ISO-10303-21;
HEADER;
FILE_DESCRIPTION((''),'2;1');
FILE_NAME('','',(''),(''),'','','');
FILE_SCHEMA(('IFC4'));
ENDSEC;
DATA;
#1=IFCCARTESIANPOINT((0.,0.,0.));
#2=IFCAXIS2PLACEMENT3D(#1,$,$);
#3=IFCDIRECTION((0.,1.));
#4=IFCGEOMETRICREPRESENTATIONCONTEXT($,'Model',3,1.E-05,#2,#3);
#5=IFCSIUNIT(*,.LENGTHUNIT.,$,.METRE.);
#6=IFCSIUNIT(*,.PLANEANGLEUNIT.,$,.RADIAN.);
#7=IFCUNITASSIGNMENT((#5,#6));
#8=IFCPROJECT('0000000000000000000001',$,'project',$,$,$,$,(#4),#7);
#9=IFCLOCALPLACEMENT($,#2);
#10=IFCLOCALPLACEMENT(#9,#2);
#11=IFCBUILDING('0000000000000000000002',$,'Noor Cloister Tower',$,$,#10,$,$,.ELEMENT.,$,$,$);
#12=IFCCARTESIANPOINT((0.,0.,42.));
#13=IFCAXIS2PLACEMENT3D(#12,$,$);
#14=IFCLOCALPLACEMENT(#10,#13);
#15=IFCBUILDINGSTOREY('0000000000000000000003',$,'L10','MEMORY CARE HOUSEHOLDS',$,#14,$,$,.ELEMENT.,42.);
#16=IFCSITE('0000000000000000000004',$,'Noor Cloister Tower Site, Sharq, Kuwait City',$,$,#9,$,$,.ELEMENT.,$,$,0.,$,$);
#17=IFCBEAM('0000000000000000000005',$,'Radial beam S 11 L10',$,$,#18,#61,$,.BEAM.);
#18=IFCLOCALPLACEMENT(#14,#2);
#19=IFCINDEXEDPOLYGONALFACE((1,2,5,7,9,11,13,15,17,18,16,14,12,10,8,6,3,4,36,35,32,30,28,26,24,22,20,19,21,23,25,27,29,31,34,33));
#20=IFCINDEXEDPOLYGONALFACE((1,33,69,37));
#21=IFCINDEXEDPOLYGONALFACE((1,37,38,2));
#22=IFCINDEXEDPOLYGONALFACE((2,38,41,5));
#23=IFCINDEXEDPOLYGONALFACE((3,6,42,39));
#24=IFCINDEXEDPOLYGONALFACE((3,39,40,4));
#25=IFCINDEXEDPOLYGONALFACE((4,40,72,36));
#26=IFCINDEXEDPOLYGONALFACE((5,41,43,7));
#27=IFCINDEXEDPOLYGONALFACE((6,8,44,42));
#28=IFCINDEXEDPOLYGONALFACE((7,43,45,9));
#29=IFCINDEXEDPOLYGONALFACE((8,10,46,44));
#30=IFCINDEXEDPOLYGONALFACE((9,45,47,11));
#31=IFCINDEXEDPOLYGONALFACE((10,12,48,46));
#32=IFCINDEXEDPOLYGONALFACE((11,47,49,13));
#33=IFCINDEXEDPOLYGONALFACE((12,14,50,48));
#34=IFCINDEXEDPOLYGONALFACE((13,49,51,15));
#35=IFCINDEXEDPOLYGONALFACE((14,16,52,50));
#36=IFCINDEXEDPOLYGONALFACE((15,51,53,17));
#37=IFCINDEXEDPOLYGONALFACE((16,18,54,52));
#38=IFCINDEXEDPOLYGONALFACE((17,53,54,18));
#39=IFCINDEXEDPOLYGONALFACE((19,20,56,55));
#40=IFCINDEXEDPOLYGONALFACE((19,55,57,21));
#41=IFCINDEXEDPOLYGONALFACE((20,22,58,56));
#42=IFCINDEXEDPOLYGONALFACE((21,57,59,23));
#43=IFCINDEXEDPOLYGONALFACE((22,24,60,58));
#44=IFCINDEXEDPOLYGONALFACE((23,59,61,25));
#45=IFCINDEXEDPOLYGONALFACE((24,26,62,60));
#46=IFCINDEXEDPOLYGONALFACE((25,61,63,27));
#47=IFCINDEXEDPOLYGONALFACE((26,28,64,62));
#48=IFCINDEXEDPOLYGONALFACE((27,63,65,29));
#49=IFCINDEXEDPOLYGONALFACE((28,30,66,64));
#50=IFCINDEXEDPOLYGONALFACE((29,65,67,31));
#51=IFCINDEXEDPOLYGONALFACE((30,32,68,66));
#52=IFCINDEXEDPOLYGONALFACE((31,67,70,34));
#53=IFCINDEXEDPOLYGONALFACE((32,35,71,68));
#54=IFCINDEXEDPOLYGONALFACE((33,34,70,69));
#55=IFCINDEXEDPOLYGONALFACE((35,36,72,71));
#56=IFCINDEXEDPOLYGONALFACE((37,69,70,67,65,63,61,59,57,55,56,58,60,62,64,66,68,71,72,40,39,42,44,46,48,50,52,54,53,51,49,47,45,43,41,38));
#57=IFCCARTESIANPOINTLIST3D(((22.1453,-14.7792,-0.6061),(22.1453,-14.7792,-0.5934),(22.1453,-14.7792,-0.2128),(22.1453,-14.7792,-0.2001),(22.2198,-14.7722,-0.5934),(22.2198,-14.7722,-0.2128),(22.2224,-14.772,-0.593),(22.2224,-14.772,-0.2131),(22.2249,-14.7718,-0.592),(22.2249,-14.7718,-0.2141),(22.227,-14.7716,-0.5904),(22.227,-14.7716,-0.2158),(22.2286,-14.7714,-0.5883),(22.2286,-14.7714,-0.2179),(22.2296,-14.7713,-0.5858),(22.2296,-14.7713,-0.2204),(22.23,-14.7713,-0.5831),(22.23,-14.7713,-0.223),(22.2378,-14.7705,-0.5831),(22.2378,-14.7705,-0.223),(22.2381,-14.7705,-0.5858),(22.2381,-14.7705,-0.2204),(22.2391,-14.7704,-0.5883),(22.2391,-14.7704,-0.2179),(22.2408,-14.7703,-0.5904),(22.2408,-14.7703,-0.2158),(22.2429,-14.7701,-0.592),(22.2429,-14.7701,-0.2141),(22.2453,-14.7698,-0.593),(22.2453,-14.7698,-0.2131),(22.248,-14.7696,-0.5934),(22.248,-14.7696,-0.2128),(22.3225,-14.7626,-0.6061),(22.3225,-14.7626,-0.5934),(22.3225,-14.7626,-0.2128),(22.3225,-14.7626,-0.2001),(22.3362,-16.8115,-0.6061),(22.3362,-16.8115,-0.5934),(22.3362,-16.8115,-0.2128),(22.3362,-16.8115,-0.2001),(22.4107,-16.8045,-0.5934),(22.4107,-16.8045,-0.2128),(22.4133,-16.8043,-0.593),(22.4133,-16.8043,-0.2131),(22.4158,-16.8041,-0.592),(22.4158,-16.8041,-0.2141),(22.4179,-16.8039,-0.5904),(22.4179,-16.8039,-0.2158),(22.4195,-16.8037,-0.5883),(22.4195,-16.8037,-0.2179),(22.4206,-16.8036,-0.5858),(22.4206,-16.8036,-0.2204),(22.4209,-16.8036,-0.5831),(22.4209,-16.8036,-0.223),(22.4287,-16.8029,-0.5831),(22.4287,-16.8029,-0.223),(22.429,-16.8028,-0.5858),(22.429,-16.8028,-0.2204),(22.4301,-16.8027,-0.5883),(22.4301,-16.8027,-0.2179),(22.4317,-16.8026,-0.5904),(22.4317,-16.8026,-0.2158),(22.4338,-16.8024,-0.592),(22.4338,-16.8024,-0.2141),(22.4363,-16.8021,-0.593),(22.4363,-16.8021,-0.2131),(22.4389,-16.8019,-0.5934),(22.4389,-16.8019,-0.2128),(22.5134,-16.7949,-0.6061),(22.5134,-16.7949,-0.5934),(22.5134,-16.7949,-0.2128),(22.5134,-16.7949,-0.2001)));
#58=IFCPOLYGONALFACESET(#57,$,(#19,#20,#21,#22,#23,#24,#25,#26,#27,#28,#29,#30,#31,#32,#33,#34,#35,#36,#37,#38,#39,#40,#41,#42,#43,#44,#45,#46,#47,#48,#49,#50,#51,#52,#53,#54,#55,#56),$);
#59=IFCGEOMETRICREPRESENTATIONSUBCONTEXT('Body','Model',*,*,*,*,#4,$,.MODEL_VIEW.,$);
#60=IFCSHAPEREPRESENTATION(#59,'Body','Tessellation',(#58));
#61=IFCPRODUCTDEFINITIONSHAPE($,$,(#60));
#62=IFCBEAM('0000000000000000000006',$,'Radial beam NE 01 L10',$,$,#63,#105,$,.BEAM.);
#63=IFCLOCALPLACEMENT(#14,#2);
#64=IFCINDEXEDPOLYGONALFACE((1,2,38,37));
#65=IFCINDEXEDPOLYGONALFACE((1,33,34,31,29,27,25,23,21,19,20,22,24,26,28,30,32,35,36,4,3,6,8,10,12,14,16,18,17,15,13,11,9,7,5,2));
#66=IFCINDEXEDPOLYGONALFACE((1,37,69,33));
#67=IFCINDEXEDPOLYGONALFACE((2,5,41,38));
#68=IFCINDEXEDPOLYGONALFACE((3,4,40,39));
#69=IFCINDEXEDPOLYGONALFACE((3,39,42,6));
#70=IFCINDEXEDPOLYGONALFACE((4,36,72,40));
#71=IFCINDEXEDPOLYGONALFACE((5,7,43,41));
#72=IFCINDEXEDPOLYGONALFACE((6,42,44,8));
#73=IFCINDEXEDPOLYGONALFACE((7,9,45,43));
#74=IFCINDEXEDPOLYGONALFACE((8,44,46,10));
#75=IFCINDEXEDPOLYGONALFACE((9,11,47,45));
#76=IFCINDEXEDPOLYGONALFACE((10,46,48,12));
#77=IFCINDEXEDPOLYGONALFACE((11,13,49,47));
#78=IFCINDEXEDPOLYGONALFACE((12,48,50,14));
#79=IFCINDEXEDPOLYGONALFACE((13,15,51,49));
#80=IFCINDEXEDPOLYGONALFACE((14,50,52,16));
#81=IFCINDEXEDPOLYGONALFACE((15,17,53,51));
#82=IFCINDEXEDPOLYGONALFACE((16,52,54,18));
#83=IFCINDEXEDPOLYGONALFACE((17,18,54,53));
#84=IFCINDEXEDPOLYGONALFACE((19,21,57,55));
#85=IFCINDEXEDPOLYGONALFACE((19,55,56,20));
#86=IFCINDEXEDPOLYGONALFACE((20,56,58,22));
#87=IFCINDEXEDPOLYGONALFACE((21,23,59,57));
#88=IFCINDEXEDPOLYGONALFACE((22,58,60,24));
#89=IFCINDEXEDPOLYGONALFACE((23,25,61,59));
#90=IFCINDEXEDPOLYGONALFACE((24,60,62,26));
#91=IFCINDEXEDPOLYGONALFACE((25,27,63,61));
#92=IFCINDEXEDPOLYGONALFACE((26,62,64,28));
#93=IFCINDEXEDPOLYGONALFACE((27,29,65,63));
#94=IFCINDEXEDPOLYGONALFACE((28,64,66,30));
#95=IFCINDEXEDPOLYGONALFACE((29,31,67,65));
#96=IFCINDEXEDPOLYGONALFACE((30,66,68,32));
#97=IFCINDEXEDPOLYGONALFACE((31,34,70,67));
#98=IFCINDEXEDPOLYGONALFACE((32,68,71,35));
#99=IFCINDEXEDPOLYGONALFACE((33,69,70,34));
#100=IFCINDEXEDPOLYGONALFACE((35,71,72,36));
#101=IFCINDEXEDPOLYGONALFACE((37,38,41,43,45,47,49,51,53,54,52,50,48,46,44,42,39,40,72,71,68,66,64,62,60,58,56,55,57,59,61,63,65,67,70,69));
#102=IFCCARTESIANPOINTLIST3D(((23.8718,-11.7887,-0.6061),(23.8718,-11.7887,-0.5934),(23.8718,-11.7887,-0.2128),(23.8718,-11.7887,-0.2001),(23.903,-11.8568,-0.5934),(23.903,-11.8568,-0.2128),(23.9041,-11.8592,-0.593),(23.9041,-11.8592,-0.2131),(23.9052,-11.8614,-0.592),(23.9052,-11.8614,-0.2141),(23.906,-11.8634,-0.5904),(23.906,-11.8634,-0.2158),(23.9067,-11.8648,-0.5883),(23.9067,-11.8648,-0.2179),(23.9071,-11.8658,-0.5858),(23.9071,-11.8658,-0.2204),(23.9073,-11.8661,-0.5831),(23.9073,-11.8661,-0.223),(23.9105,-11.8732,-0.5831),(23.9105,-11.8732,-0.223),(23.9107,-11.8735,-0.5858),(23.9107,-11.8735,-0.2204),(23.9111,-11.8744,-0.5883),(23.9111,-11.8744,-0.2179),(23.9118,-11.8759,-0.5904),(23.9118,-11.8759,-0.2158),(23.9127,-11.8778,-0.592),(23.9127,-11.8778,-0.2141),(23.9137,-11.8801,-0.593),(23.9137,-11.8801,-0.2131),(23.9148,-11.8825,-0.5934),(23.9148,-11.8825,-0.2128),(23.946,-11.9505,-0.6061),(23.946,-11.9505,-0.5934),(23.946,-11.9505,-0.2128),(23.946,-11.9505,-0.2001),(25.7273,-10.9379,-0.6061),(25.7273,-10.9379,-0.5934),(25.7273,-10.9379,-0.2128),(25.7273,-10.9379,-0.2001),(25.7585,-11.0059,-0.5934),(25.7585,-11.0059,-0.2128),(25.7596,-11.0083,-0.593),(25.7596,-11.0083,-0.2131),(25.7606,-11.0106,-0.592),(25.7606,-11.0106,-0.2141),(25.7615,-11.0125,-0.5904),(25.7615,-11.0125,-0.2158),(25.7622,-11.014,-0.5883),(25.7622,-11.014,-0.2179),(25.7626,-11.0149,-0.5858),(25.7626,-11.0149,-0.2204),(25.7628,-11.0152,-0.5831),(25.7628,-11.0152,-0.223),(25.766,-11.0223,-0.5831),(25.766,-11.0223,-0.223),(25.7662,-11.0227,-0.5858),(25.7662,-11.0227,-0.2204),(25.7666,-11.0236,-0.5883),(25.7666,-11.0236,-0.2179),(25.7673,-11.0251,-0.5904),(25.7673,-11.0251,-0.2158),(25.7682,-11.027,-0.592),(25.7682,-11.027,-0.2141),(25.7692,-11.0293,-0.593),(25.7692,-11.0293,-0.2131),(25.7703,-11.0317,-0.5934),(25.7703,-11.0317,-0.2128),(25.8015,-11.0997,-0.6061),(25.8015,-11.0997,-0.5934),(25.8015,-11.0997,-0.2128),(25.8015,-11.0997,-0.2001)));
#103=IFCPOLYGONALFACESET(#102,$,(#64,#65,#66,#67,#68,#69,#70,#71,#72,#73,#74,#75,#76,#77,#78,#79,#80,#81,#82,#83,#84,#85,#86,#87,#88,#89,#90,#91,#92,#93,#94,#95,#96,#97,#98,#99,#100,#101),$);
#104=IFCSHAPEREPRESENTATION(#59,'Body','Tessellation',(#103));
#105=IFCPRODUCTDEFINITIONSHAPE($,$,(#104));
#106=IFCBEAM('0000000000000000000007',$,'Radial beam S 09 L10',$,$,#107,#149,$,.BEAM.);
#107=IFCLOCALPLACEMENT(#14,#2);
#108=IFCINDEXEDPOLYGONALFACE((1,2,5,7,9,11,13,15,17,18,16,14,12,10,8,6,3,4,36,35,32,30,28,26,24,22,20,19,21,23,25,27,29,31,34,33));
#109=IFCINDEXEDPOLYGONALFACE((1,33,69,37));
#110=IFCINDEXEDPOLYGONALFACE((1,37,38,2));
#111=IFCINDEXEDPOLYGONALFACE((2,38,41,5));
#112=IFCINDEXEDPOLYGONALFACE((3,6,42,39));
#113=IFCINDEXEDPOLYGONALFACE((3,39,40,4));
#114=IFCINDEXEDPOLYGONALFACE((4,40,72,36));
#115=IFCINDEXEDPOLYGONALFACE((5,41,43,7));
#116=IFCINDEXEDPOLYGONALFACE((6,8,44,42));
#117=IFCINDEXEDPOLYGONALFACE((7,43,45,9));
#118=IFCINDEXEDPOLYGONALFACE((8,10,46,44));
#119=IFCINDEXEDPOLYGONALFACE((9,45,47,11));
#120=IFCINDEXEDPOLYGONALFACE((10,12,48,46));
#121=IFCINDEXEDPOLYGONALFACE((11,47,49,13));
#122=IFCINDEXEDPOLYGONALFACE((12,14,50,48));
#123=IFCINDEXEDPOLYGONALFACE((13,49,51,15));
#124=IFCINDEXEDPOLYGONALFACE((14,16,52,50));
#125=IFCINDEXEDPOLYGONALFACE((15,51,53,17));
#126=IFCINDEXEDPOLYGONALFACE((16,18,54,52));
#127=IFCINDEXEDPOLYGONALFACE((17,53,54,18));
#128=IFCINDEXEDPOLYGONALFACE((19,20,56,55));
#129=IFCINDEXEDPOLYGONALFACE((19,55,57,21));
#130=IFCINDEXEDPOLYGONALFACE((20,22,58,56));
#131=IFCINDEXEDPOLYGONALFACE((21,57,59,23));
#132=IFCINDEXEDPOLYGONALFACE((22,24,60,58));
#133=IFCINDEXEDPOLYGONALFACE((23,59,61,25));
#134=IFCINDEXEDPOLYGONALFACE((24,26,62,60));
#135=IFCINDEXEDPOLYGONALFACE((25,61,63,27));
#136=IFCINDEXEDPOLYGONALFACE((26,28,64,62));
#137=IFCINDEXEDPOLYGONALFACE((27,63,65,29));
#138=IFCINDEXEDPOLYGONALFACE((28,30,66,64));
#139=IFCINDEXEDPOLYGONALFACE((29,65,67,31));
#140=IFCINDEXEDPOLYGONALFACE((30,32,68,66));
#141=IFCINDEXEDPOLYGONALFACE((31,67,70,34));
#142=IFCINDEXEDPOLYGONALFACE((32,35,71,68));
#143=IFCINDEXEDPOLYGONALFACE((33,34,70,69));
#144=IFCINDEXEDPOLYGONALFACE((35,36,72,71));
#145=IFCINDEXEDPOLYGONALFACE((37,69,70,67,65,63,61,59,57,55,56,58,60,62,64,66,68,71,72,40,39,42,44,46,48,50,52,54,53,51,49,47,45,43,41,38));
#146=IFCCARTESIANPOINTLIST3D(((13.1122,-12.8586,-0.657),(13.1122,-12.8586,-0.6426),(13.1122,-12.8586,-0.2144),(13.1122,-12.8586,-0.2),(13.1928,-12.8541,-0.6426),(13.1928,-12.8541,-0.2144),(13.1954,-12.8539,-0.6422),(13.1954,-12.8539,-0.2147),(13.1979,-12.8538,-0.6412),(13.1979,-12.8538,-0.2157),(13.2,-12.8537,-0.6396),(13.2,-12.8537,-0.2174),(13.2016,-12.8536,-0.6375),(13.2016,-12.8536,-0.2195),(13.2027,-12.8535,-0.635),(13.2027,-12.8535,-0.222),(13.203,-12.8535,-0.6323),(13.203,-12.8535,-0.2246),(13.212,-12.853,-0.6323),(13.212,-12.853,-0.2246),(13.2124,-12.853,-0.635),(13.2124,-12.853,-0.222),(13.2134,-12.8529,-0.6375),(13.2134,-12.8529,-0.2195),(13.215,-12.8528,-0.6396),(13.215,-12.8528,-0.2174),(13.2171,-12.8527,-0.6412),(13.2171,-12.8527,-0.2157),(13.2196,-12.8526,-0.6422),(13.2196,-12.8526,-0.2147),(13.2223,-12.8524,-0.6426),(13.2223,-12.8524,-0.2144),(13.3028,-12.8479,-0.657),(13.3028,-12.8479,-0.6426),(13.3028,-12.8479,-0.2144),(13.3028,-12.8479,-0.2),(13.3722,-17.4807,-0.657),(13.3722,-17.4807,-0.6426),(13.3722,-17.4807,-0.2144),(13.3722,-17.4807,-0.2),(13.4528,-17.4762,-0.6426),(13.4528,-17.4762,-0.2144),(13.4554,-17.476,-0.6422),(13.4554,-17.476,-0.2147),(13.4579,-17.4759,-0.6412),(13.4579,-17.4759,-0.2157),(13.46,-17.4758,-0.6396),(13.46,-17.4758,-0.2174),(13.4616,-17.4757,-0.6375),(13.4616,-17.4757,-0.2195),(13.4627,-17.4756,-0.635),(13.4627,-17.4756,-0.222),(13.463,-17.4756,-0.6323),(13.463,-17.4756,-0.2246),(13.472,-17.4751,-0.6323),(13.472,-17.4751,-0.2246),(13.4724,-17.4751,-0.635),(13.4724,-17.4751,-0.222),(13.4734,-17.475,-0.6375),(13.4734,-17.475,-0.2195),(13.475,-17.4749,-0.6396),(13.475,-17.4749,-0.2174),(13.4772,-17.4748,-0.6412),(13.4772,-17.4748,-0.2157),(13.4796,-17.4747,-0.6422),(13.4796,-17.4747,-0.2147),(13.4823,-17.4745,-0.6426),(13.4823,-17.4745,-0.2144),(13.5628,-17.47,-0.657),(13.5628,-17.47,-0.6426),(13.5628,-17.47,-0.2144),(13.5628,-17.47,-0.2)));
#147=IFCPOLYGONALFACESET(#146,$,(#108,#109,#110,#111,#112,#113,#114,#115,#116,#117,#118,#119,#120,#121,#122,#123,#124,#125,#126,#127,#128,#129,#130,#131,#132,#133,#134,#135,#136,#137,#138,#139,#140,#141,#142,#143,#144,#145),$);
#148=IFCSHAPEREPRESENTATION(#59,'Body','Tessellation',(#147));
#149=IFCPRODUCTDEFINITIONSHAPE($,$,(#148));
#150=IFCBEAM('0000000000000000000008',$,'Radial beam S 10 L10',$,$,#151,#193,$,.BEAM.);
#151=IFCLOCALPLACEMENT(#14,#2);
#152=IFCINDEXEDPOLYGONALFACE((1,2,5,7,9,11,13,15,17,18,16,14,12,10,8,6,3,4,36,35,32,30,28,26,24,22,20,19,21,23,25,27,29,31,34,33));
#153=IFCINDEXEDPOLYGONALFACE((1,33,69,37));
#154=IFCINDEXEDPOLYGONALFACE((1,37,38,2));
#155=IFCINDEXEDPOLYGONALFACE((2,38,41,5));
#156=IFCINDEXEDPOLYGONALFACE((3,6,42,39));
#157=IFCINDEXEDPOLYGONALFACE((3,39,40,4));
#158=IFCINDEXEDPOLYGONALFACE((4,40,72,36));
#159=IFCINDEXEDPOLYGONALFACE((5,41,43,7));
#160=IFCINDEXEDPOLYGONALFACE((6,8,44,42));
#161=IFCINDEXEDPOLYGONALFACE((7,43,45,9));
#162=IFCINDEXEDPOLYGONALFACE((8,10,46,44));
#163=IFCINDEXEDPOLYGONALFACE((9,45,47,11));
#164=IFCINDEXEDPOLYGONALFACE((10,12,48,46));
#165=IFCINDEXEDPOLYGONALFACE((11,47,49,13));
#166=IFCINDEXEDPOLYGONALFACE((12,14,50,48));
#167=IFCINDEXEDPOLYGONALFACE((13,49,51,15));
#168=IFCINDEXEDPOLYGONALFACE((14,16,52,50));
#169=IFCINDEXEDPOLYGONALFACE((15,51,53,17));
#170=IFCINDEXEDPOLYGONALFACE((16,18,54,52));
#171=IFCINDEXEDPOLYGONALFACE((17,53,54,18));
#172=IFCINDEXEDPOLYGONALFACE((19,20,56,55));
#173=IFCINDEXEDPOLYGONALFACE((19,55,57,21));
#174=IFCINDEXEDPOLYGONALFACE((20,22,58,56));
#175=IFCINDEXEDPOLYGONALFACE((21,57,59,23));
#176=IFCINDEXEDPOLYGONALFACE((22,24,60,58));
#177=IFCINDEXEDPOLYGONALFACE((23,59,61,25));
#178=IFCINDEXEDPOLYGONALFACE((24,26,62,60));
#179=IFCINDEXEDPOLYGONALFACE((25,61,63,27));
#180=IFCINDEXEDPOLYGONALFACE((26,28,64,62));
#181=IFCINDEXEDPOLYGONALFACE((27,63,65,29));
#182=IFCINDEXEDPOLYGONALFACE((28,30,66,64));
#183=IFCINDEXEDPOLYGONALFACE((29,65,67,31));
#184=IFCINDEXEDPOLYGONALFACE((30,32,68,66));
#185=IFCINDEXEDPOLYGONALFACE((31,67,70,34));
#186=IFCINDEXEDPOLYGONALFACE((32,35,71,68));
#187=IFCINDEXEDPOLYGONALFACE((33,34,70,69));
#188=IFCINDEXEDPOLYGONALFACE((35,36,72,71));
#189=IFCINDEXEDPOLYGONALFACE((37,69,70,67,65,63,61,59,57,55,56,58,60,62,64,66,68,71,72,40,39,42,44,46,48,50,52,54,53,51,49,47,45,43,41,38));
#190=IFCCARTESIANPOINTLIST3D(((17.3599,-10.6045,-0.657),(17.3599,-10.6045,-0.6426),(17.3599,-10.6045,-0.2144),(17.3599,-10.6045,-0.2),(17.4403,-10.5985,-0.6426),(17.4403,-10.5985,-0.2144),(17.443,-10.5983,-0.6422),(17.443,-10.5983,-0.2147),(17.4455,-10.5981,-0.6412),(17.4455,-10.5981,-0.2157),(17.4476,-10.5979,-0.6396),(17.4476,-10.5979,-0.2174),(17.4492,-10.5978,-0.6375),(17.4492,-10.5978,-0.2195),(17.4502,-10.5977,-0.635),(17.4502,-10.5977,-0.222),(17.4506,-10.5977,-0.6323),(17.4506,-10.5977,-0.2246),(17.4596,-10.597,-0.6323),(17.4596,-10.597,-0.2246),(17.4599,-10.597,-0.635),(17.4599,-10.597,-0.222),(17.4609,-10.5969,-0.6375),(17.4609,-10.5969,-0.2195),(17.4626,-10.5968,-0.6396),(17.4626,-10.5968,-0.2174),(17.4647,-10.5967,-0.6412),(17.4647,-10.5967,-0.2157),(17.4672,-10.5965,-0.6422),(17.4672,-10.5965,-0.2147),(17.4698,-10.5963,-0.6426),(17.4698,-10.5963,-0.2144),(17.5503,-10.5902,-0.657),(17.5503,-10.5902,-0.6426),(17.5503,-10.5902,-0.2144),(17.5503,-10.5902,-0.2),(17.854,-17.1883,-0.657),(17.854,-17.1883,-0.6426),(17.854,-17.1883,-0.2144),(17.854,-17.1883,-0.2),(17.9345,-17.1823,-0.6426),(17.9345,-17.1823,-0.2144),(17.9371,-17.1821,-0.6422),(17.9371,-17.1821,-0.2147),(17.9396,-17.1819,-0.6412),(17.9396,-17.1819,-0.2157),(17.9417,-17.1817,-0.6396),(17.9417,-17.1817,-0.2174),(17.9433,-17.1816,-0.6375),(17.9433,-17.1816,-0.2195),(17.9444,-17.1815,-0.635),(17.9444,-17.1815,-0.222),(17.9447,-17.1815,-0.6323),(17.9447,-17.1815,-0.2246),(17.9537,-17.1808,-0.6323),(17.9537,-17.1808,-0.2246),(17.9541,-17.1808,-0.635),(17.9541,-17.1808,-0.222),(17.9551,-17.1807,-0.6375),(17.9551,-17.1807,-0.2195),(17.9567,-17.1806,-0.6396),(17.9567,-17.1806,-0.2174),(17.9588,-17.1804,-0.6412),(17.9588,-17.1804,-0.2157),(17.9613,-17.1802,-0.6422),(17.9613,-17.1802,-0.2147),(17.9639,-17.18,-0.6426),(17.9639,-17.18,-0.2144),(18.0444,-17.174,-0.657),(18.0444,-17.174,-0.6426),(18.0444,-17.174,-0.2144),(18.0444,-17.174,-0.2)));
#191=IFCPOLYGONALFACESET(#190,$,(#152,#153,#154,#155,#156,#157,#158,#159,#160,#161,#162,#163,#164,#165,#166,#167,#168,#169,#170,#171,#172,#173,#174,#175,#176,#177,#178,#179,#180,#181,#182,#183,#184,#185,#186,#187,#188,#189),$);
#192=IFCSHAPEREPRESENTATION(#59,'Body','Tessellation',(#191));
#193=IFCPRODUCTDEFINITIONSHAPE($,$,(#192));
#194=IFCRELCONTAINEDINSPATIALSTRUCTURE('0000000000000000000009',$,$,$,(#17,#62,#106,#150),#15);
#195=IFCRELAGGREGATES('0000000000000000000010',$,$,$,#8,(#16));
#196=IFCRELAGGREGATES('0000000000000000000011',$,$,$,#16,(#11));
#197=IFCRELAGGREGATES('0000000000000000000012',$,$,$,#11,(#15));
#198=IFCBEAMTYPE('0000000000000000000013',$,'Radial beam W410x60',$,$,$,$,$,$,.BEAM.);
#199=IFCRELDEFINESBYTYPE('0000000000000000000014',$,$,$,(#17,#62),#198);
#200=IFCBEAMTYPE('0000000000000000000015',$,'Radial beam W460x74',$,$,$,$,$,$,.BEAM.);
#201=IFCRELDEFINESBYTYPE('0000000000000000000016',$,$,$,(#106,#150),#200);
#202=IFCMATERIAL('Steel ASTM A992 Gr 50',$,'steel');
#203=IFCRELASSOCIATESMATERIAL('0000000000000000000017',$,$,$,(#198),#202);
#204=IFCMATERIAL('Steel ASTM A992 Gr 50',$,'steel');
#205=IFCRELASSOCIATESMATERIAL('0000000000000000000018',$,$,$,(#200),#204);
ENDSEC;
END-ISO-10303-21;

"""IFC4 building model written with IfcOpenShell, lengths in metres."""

from ifc_helpers import new_model, si_unit, direction, frame, origin, origin_2d, place, context, subcontext, project, spatial, i_section, extrude, material, material_profile, profile_set, type_object, element, save


model = new_model("IFC4")

# Units and contexts
model_context = context("Model", 3, precision=1e-05, world=origin(), true_north=direction((0.0, 1.0)))
body_context = subcontext(model_context, "Body", "Model", "MODEL_VIEW")
ifc_project = project(units=[si_unit("LENGTHUNIT", "METRE"), si_unit("PLANEANGLEUNIT", "RADIAN")], contexts=[model_context])

# Site, building, storey
site_placement = place(None, origin())
site = spatial("IfcSite", under=ifc_project, at=site_placement, Name="Noor Cloister Tower Site, Sharq, Kuwait City", CompositionType="ELEMENT", RefElevation=0.0)
building_placement = place(site_placement, origin())
building = spatial("IfcBuilding", under=site, at=building_placement, Name="Noor Cloister Tower", CompositionType="ELEMENT")
storey_placement = place(building_placement, frame((0.0, 0.0, 42.0)))
storey = spatial("IfcBuildingStorey", under=building, at=storey_placement, Name="L10", Description="MEMORY CARE HOUSEHOLDS", CompositionType="ELEMENT", Elevation=42.0)

# Beams
ifc_material_1 = material(Name="Steel ASTM A992 Gr 50", Category="steel")
ifc_material_profile_1 = material_profile(ifc_material_1, i_section(OverallWidth=0.178, OverallDepth=0.406, WebThickness=0.0078, FlangeThickness=0.0127, FilletRadius=0.0103, at=origin_2d()), Name="W410x60")
ifc_profile_set_1 = profile_set([ifc_material_profile_1], Name="Steel ASTM A992 Gr 50")
beam_type_1 = type_object("IfcBeamType", Name="Radial beam W410x60", PredefinedType="BEAM", material=ifc_profile_set_1)
for number, where, z_axis, x_axis, name in (
    (1, (22.4248, -16.8032, -0.4031), (-0.093533, 0.995616, 0.0), (-0.995616, -0.093533, 0.0), "Radial beam S 11 L10"),
    (2, (25.7644, -11.0188, -0.4031), (-0.908989, -0.416819, 0.0), (0.416819, -0.908989, 0.0), "Radial beam NE 01 L10"),
):
    element("IfcBeam", number, at=place(storey_placement, frame(where, z_axis=z_axis, x_axis=x_axis)), inside=storey, type_object=beam_type_1, Name=name, PredefinedType="BEAM", context=body_context, shape_type="SweptSolid", body=[
        extrude(i_section(OverallWidth=0.178, OverallDepth=0.406, WebThickness=0.0078, FlangeThickness=0.0127, FilletRadius=0.0103, at=origin_2d()), origin(), (0.0, 0.0, 1.0), 2.0413),
    ])
ifc_material_2 = material(Name="Steel ASTM A992 Gr 50", Category="steel")
ifc_material_profile_2 = material_profile(ifc_material_2, i_section(OverallWidth=0.1909, OverallDepth=0.457, WebThickness=0.009, FlangeThickness=0.0144, FilletRadius=0.0103, at=origin_2d()), Name="W460x74")
ifc_profile_set_2 = profile_set([ifc_material_profile_2], Name="Steel ASTM A992 Gr 50")
beam_type_2 = type_object("IfcBeamType", Name="Radial beam W460x74", PredefinedType="BEAM", material=ifc_profile_set_2)
beam_1_placement = place(storey_placement, frame((13.4675, -17.4753, -0.4285), z_axis=(-0.056165, 0.998421, 0.0), x_axis=(-0.998421, -0.056165, 0.0)))
element("IfcBeam", 3, at=beam_1_placement, inside=storey, type_object=beam_type_2, Name="Radial beam S 09 L10", PredefinedType="BEAM", context=body_context, shape_type="SweptSolid", body=[
    extrude(i_section(OverallWidth=0.1909, OverallDepth=0.457, WebThickness=0.009, FlangeThickness=0.0144, FilletRadius=0.0103, at=origin_2d()), origin(), (0.0, 0.0, 1.0), 4.6294),
])
beam_2_placement = place(storey_placement, frame((17.9492, -17.1812, -0.4285), z_axis=(-0.074844, 0.997195, 0.0), x_axis=(-0.997195, -0.074844, 0.0)))
element("IfcBeam", 4, at=beam_2_placement, inside=storey, type_object=beam_type_2, Name="Radial beam S 10 L10", PredefinedType="BEAM", context=body_context, shape_type="SweptSolid", body=[
    extrude(i_section(OverallWidth=0.1909, OverallDepth=0.457, WebThickness=0.009, FlangeThickness=0.0144, FilletRadius=0.0103, at=origin_2d()), origin(), (0.0, 0.0, 1.0), 6.6023),
])

save(model, "model.ifc")
